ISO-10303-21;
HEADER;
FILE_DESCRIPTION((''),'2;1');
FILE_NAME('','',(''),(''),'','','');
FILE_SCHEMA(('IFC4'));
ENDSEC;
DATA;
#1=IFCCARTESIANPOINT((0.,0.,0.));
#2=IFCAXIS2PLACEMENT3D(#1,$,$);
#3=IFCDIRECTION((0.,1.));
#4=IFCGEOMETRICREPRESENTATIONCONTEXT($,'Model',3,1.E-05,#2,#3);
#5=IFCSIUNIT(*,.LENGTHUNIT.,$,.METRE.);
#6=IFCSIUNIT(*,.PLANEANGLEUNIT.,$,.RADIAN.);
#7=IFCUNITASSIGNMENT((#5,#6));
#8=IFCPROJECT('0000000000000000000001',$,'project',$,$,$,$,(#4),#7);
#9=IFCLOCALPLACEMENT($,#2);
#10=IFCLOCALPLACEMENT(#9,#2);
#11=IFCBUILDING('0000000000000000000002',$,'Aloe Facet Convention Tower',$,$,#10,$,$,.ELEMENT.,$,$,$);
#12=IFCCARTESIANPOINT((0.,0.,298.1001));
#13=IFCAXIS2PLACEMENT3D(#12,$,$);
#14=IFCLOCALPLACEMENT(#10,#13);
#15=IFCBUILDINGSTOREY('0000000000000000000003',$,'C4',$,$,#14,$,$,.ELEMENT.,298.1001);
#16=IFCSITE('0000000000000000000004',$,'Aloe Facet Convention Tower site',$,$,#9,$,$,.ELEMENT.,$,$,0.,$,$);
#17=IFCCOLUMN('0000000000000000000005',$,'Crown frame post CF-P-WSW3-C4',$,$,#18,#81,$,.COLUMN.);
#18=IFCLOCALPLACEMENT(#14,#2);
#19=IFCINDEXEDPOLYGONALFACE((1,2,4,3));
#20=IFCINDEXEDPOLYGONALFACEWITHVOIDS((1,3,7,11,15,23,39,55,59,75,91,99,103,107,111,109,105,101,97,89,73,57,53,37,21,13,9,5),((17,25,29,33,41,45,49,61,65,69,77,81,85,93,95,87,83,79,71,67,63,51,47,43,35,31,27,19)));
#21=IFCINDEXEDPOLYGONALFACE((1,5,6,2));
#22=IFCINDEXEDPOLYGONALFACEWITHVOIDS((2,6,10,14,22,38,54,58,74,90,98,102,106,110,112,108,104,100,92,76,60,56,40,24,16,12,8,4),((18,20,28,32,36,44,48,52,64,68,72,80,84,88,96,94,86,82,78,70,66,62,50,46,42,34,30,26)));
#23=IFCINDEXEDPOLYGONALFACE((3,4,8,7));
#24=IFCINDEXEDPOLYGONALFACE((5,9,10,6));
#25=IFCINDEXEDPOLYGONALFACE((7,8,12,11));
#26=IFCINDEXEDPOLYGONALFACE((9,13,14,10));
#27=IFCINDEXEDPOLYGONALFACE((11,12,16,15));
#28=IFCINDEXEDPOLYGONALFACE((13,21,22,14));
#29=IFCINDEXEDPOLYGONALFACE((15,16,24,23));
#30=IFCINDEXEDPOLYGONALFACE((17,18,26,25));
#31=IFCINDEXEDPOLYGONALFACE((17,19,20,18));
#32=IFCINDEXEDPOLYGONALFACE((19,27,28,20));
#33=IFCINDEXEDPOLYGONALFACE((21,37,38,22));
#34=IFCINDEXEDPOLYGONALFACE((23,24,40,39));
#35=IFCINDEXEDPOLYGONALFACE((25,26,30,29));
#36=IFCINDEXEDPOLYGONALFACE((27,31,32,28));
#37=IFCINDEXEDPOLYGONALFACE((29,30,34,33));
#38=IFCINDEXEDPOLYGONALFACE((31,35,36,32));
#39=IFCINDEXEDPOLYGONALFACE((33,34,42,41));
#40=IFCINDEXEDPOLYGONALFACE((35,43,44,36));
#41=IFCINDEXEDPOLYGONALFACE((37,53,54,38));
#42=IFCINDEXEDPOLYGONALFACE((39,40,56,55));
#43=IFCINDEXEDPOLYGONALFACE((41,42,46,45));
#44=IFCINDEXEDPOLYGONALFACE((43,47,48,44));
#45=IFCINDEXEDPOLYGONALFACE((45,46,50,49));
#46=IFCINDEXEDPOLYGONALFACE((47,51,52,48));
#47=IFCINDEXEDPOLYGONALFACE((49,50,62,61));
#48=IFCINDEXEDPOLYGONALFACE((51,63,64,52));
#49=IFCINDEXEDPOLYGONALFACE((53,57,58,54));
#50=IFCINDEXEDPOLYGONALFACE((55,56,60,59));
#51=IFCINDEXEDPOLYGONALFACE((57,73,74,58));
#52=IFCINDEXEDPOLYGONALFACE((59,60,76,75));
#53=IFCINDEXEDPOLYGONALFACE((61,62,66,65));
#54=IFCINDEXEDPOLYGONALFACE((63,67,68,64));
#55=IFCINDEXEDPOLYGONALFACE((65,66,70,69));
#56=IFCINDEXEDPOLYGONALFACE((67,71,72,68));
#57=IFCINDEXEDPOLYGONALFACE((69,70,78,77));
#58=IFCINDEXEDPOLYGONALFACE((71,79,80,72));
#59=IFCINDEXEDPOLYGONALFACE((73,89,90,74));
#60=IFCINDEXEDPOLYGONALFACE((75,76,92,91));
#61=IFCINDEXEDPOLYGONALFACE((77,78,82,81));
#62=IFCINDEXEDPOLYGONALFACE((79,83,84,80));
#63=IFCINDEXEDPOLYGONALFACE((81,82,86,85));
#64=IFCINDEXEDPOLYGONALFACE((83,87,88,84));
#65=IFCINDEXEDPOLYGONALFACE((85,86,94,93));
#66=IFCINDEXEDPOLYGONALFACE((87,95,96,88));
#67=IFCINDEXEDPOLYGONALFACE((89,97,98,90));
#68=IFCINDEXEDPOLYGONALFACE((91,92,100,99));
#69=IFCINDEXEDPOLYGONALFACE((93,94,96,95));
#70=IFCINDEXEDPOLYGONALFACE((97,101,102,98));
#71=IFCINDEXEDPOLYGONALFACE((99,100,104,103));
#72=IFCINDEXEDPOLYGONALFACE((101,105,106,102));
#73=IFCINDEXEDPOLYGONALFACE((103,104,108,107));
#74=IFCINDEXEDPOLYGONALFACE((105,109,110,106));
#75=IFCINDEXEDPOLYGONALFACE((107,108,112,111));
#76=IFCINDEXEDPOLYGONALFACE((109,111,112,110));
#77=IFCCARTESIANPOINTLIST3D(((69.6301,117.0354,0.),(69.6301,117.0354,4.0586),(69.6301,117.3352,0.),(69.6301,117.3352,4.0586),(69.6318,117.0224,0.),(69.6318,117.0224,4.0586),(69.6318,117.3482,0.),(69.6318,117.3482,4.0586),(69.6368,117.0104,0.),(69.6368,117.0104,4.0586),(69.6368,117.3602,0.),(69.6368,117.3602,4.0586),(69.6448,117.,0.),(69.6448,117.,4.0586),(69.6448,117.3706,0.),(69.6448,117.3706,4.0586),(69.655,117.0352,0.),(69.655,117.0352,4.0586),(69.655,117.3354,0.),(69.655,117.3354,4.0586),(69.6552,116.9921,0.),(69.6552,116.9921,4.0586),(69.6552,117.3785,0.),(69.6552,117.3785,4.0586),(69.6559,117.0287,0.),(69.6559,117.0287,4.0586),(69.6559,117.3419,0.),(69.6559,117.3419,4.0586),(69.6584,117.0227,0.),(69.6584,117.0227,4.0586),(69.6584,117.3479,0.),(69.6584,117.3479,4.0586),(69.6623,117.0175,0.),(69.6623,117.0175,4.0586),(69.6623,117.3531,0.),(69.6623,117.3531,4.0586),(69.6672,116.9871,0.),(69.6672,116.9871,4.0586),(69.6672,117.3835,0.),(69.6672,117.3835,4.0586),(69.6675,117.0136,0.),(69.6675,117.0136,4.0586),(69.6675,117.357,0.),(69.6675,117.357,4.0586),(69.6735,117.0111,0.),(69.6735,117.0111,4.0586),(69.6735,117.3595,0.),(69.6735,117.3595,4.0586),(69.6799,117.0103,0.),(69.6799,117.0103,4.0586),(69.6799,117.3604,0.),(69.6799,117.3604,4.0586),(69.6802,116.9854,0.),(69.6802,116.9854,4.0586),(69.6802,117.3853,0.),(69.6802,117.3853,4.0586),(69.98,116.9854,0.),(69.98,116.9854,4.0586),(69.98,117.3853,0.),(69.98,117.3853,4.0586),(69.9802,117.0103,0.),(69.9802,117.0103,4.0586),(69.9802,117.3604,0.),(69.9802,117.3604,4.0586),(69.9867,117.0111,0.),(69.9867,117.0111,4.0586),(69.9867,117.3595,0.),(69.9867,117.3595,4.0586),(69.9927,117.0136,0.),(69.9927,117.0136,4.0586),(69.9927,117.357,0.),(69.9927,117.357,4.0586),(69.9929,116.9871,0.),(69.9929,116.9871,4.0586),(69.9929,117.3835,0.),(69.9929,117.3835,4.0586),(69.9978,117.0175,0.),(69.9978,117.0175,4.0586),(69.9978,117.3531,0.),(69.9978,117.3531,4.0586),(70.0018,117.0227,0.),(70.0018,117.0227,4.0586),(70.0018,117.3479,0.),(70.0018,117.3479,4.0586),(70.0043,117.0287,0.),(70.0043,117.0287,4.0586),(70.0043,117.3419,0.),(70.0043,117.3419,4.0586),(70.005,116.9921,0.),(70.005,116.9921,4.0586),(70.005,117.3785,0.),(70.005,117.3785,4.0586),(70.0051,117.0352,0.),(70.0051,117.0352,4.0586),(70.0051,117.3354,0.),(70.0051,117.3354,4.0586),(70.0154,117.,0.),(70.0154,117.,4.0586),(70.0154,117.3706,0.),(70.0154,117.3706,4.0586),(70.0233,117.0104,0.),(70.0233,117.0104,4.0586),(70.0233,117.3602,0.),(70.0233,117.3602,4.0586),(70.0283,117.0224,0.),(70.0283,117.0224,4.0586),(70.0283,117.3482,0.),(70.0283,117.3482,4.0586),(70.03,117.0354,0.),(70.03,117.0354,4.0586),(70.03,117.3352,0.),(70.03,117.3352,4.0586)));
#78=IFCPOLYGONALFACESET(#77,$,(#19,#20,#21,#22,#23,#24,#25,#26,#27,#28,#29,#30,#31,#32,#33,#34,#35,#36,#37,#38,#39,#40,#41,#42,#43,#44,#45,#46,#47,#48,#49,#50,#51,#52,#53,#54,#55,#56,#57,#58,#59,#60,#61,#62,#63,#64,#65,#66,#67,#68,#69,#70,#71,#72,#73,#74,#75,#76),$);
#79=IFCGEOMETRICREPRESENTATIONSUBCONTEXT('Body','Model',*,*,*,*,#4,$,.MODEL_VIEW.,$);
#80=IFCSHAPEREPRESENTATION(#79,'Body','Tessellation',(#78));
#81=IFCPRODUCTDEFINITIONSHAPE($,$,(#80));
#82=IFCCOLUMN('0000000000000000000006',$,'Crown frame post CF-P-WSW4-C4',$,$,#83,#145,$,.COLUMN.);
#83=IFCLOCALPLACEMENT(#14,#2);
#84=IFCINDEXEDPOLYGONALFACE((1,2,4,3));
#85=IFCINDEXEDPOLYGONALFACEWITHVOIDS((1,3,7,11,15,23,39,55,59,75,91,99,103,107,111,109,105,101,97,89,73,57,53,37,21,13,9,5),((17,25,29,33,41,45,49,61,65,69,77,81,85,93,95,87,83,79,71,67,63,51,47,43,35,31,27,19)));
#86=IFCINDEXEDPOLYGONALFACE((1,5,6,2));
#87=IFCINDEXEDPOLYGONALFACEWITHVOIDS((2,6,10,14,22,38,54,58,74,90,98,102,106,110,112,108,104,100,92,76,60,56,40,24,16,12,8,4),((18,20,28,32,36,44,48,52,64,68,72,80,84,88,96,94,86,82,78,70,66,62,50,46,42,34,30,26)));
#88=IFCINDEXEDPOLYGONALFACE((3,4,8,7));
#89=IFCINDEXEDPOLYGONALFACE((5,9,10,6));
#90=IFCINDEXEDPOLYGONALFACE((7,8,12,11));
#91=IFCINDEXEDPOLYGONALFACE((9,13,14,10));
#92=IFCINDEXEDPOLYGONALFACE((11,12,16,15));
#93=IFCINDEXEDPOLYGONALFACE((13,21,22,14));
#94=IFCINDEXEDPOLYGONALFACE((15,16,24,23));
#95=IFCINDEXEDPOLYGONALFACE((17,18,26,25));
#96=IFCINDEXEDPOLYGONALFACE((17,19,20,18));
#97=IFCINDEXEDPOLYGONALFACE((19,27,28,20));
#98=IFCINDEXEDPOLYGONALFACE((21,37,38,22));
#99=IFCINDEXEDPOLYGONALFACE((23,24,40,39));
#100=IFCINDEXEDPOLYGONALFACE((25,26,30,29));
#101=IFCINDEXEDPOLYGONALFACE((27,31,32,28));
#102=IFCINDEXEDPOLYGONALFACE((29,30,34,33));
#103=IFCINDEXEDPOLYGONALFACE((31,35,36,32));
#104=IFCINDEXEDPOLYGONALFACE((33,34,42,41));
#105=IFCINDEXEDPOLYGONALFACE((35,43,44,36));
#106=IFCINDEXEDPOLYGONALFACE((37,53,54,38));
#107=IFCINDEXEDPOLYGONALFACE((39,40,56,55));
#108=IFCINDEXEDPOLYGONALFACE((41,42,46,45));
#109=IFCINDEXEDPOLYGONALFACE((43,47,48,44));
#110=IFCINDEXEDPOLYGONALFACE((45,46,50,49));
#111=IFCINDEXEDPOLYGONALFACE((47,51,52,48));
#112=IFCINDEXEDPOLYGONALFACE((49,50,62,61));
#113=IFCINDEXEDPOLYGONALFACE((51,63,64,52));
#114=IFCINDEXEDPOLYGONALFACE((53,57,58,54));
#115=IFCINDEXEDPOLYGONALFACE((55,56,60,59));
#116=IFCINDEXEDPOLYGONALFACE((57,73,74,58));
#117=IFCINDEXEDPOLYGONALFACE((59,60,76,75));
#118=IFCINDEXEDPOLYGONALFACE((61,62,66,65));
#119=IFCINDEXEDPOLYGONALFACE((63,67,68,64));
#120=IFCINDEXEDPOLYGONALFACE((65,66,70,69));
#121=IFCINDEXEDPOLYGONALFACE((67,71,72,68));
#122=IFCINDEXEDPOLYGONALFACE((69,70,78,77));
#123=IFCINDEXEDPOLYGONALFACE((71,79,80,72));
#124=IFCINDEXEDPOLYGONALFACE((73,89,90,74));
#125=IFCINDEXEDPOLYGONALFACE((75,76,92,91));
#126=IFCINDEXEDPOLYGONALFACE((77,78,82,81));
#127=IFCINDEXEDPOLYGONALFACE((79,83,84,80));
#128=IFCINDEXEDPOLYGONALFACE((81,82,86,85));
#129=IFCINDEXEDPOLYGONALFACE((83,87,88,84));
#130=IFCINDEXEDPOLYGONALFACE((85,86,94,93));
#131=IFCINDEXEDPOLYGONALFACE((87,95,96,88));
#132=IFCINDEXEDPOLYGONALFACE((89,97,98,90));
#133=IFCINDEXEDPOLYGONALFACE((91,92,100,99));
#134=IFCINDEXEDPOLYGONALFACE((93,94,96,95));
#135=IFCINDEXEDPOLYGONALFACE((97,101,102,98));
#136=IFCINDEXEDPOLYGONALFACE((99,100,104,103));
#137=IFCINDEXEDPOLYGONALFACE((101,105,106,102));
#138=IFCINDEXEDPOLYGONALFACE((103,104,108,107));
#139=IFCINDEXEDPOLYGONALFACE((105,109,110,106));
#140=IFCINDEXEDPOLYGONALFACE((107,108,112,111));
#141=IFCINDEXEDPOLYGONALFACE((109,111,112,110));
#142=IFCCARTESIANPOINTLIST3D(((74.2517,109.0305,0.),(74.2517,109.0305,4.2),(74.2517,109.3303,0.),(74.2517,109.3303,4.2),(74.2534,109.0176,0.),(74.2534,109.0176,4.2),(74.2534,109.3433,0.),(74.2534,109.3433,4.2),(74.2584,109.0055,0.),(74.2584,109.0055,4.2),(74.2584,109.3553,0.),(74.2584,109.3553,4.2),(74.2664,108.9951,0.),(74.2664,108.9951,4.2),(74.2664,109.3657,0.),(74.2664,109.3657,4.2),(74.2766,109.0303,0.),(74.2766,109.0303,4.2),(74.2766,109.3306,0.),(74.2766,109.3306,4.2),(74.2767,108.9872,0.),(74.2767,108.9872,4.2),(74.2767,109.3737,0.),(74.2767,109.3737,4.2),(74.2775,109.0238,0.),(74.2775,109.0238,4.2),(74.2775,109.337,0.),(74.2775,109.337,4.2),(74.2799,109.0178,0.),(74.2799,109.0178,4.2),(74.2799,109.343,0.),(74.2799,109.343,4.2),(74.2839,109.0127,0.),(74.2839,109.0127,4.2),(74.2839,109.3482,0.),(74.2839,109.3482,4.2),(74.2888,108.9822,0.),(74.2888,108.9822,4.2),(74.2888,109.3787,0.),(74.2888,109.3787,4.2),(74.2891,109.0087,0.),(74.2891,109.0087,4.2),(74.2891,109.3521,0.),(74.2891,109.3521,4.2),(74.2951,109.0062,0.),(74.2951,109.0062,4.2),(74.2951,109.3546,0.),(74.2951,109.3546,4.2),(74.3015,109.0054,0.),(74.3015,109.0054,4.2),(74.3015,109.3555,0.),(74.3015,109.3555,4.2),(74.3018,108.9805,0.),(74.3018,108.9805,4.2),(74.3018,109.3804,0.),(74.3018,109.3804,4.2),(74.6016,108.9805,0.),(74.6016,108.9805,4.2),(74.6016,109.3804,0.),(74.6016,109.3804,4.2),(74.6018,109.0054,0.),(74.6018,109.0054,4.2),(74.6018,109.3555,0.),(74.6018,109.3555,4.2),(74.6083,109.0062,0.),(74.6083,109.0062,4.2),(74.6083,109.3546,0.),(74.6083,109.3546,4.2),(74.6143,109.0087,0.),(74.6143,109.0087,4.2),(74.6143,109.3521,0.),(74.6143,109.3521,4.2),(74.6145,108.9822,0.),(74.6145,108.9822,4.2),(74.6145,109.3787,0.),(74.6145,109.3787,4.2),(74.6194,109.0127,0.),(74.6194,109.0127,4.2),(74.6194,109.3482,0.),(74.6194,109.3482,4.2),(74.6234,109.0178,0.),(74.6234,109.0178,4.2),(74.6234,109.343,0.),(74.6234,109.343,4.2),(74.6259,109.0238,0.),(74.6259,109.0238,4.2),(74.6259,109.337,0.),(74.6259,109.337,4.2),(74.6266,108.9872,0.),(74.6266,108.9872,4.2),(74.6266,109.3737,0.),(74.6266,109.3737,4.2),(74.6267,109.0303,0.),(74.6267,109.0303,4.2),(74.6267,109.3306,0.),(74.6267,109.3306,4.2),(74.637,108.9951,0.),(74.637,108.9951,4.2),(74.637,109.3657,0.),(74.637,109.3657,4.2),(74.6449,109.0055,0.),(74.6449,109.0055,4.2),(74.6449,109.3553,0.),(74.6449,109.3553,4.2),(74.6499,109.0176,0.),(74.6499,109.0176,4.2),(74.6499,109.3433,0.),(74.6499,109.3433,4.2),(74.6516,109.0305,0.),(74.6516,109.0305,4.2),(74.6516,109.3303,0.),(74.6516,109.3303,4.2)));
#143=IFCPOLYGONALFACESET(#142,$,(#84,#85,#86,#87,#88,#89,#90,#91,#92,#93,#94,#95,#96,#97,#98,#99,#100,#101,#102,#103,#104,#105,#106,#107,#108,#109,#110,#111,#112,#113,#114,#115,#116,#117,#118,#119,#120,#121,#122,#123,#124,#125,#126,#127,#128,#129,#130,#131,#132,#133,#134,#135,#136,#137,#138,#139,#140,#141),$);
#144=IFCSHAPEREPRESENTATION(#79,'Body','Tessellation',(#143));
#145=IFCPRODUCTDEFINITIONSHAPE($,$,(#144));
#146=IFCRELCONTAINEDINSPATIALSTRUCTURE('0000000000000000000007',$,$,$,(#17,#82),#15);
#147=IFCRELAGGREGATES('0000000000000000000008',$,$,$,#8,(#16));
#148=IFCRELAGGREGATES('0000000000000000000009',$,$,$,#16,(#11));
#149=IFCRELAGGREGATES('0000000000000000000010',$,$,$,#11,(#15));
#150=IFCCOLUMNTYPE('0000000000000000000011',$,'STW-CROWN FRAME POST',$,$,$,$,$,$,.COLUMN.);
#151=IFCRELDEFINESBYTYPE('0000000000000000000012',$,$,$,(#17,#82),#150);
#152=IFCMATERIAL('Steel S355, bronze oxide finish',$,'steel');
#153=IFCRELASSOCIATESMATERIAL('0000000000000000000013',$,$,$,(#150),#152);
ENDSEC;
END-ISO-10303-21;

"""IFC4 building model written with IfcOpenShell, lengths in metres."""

from ifc_helpers import new_model, si_unit, direction, frame, origin, origin_2d, place, context, subcontext, project, spatial, hollow_rectangle, extrude, material, material_profile, profile_set, type_object, element, save


model = new_model("IFC4")

# Units and contexts
model_context = context("Model", 3, precision=1e-05, world=origin(), true_north=direction((0.0, 1.0)))
body_context = subcontext(model_context, "Body", "Model", "MODEL_VIEW")
ifc_project = project(units=[si_unit("LENGTHUNIT", "METRE"), si_unit("PLANEANGLEUNIT", "RADIAN")], contexts=[model_context])

# Site, building, storey
site_placement = place(None, origin())
site = spatial("IfcSite", under=ifc_project, at=site_placement, Name="Aloe Facet Convention Tower site", CompositionType="ELEMENT", RefElevation=0.0)
building_placement = place(site_placement, origin())
building = spatial("IfcBuilding", under=site, at=building_placement, Name="Aloe Facet Convention Tower", CompositionType="ELEMENT")
storey_placement = place(building_placement, frame((0.0, 0.0, 298.1001)))
storey = spatial("IfcBuildingStorey", under=building, at=storey_placement, Name="C4", CompositionType="ELEMENT", Elevation=298.1001)

# Columns
ifc_material_1 = material(Name="Steel S355, bronze oxide finish", Category="steel")
ifc_material_profile_1 = material_profile(ifc_material_1, hollow_rectangle(XDim=0.3999, YDim=0.3999, WallThickness=0.0249, InnerFilletRadius=0.0249, OuterFilletRadius=0.05, at=origin_2d()), Name="SHS 400x400x25")
ifc_profile_set_1 = profile_set([ifc_material_profile_1], Name="Steel S355, bronze oxide finish")
column_type = type_object("IfcColumnType", Name="STW-CROWN FRAME POST", PredefinedType="COLUMN", material=ifc_profile_set_1)
column_1_placement = place(storey_placement, frame((69.8301, 117.1853, 0.0), z_axis=(0.0, 0.0, 1.0), x_axis=(1.0, 0.0, 0.0)))
element("IfcColumn", 1, at=column_1_placement, inside=storey, type_object=column_type, Name="Crown frame post CF-P-WSW3-C4", PredefinedType="COLUMN", context=body_context, shape_type="SweptSolid", body=[
    extrude(hollow_rectangle(XDim=0.3999, YDim=0.3999, WallThickness=0.0249, InnerFilletRadius=0.0249, OuterFilletRadius=0.05, at=origin_2d()), origin(), (0.0, 0.0, 1.0), 4.0586),
])
for number, where, z_axis, x_axis, name in (
    (2, (74.4517, 109.1804, 0.0), (0.0, 0.0, 1.0), (1.0, 0.0, 0.0), "Crown frame post CF-P-WSW4-C4"),
):
    element("IfcColumn", number, at=place(storey_placement, frame(where, z_axis=z_axis, x_axis=x_axis)), inside=storey, type_object=column_type, Name=name, PredefinedType="COLUMN", context=body_context, shape_type="SweptSolid", body=[
        extrude(hollow_rectangle(XDim=0.3999, YDim=0.3999, WallThickness=0.0249, InnerFilletRadius=0.0249, OuterFilletRadius=0.05, at=origin_2d()), origin(), (0.0, 0.0, 1.0), 4.2),
    ])

save(model, "model.ifc")
